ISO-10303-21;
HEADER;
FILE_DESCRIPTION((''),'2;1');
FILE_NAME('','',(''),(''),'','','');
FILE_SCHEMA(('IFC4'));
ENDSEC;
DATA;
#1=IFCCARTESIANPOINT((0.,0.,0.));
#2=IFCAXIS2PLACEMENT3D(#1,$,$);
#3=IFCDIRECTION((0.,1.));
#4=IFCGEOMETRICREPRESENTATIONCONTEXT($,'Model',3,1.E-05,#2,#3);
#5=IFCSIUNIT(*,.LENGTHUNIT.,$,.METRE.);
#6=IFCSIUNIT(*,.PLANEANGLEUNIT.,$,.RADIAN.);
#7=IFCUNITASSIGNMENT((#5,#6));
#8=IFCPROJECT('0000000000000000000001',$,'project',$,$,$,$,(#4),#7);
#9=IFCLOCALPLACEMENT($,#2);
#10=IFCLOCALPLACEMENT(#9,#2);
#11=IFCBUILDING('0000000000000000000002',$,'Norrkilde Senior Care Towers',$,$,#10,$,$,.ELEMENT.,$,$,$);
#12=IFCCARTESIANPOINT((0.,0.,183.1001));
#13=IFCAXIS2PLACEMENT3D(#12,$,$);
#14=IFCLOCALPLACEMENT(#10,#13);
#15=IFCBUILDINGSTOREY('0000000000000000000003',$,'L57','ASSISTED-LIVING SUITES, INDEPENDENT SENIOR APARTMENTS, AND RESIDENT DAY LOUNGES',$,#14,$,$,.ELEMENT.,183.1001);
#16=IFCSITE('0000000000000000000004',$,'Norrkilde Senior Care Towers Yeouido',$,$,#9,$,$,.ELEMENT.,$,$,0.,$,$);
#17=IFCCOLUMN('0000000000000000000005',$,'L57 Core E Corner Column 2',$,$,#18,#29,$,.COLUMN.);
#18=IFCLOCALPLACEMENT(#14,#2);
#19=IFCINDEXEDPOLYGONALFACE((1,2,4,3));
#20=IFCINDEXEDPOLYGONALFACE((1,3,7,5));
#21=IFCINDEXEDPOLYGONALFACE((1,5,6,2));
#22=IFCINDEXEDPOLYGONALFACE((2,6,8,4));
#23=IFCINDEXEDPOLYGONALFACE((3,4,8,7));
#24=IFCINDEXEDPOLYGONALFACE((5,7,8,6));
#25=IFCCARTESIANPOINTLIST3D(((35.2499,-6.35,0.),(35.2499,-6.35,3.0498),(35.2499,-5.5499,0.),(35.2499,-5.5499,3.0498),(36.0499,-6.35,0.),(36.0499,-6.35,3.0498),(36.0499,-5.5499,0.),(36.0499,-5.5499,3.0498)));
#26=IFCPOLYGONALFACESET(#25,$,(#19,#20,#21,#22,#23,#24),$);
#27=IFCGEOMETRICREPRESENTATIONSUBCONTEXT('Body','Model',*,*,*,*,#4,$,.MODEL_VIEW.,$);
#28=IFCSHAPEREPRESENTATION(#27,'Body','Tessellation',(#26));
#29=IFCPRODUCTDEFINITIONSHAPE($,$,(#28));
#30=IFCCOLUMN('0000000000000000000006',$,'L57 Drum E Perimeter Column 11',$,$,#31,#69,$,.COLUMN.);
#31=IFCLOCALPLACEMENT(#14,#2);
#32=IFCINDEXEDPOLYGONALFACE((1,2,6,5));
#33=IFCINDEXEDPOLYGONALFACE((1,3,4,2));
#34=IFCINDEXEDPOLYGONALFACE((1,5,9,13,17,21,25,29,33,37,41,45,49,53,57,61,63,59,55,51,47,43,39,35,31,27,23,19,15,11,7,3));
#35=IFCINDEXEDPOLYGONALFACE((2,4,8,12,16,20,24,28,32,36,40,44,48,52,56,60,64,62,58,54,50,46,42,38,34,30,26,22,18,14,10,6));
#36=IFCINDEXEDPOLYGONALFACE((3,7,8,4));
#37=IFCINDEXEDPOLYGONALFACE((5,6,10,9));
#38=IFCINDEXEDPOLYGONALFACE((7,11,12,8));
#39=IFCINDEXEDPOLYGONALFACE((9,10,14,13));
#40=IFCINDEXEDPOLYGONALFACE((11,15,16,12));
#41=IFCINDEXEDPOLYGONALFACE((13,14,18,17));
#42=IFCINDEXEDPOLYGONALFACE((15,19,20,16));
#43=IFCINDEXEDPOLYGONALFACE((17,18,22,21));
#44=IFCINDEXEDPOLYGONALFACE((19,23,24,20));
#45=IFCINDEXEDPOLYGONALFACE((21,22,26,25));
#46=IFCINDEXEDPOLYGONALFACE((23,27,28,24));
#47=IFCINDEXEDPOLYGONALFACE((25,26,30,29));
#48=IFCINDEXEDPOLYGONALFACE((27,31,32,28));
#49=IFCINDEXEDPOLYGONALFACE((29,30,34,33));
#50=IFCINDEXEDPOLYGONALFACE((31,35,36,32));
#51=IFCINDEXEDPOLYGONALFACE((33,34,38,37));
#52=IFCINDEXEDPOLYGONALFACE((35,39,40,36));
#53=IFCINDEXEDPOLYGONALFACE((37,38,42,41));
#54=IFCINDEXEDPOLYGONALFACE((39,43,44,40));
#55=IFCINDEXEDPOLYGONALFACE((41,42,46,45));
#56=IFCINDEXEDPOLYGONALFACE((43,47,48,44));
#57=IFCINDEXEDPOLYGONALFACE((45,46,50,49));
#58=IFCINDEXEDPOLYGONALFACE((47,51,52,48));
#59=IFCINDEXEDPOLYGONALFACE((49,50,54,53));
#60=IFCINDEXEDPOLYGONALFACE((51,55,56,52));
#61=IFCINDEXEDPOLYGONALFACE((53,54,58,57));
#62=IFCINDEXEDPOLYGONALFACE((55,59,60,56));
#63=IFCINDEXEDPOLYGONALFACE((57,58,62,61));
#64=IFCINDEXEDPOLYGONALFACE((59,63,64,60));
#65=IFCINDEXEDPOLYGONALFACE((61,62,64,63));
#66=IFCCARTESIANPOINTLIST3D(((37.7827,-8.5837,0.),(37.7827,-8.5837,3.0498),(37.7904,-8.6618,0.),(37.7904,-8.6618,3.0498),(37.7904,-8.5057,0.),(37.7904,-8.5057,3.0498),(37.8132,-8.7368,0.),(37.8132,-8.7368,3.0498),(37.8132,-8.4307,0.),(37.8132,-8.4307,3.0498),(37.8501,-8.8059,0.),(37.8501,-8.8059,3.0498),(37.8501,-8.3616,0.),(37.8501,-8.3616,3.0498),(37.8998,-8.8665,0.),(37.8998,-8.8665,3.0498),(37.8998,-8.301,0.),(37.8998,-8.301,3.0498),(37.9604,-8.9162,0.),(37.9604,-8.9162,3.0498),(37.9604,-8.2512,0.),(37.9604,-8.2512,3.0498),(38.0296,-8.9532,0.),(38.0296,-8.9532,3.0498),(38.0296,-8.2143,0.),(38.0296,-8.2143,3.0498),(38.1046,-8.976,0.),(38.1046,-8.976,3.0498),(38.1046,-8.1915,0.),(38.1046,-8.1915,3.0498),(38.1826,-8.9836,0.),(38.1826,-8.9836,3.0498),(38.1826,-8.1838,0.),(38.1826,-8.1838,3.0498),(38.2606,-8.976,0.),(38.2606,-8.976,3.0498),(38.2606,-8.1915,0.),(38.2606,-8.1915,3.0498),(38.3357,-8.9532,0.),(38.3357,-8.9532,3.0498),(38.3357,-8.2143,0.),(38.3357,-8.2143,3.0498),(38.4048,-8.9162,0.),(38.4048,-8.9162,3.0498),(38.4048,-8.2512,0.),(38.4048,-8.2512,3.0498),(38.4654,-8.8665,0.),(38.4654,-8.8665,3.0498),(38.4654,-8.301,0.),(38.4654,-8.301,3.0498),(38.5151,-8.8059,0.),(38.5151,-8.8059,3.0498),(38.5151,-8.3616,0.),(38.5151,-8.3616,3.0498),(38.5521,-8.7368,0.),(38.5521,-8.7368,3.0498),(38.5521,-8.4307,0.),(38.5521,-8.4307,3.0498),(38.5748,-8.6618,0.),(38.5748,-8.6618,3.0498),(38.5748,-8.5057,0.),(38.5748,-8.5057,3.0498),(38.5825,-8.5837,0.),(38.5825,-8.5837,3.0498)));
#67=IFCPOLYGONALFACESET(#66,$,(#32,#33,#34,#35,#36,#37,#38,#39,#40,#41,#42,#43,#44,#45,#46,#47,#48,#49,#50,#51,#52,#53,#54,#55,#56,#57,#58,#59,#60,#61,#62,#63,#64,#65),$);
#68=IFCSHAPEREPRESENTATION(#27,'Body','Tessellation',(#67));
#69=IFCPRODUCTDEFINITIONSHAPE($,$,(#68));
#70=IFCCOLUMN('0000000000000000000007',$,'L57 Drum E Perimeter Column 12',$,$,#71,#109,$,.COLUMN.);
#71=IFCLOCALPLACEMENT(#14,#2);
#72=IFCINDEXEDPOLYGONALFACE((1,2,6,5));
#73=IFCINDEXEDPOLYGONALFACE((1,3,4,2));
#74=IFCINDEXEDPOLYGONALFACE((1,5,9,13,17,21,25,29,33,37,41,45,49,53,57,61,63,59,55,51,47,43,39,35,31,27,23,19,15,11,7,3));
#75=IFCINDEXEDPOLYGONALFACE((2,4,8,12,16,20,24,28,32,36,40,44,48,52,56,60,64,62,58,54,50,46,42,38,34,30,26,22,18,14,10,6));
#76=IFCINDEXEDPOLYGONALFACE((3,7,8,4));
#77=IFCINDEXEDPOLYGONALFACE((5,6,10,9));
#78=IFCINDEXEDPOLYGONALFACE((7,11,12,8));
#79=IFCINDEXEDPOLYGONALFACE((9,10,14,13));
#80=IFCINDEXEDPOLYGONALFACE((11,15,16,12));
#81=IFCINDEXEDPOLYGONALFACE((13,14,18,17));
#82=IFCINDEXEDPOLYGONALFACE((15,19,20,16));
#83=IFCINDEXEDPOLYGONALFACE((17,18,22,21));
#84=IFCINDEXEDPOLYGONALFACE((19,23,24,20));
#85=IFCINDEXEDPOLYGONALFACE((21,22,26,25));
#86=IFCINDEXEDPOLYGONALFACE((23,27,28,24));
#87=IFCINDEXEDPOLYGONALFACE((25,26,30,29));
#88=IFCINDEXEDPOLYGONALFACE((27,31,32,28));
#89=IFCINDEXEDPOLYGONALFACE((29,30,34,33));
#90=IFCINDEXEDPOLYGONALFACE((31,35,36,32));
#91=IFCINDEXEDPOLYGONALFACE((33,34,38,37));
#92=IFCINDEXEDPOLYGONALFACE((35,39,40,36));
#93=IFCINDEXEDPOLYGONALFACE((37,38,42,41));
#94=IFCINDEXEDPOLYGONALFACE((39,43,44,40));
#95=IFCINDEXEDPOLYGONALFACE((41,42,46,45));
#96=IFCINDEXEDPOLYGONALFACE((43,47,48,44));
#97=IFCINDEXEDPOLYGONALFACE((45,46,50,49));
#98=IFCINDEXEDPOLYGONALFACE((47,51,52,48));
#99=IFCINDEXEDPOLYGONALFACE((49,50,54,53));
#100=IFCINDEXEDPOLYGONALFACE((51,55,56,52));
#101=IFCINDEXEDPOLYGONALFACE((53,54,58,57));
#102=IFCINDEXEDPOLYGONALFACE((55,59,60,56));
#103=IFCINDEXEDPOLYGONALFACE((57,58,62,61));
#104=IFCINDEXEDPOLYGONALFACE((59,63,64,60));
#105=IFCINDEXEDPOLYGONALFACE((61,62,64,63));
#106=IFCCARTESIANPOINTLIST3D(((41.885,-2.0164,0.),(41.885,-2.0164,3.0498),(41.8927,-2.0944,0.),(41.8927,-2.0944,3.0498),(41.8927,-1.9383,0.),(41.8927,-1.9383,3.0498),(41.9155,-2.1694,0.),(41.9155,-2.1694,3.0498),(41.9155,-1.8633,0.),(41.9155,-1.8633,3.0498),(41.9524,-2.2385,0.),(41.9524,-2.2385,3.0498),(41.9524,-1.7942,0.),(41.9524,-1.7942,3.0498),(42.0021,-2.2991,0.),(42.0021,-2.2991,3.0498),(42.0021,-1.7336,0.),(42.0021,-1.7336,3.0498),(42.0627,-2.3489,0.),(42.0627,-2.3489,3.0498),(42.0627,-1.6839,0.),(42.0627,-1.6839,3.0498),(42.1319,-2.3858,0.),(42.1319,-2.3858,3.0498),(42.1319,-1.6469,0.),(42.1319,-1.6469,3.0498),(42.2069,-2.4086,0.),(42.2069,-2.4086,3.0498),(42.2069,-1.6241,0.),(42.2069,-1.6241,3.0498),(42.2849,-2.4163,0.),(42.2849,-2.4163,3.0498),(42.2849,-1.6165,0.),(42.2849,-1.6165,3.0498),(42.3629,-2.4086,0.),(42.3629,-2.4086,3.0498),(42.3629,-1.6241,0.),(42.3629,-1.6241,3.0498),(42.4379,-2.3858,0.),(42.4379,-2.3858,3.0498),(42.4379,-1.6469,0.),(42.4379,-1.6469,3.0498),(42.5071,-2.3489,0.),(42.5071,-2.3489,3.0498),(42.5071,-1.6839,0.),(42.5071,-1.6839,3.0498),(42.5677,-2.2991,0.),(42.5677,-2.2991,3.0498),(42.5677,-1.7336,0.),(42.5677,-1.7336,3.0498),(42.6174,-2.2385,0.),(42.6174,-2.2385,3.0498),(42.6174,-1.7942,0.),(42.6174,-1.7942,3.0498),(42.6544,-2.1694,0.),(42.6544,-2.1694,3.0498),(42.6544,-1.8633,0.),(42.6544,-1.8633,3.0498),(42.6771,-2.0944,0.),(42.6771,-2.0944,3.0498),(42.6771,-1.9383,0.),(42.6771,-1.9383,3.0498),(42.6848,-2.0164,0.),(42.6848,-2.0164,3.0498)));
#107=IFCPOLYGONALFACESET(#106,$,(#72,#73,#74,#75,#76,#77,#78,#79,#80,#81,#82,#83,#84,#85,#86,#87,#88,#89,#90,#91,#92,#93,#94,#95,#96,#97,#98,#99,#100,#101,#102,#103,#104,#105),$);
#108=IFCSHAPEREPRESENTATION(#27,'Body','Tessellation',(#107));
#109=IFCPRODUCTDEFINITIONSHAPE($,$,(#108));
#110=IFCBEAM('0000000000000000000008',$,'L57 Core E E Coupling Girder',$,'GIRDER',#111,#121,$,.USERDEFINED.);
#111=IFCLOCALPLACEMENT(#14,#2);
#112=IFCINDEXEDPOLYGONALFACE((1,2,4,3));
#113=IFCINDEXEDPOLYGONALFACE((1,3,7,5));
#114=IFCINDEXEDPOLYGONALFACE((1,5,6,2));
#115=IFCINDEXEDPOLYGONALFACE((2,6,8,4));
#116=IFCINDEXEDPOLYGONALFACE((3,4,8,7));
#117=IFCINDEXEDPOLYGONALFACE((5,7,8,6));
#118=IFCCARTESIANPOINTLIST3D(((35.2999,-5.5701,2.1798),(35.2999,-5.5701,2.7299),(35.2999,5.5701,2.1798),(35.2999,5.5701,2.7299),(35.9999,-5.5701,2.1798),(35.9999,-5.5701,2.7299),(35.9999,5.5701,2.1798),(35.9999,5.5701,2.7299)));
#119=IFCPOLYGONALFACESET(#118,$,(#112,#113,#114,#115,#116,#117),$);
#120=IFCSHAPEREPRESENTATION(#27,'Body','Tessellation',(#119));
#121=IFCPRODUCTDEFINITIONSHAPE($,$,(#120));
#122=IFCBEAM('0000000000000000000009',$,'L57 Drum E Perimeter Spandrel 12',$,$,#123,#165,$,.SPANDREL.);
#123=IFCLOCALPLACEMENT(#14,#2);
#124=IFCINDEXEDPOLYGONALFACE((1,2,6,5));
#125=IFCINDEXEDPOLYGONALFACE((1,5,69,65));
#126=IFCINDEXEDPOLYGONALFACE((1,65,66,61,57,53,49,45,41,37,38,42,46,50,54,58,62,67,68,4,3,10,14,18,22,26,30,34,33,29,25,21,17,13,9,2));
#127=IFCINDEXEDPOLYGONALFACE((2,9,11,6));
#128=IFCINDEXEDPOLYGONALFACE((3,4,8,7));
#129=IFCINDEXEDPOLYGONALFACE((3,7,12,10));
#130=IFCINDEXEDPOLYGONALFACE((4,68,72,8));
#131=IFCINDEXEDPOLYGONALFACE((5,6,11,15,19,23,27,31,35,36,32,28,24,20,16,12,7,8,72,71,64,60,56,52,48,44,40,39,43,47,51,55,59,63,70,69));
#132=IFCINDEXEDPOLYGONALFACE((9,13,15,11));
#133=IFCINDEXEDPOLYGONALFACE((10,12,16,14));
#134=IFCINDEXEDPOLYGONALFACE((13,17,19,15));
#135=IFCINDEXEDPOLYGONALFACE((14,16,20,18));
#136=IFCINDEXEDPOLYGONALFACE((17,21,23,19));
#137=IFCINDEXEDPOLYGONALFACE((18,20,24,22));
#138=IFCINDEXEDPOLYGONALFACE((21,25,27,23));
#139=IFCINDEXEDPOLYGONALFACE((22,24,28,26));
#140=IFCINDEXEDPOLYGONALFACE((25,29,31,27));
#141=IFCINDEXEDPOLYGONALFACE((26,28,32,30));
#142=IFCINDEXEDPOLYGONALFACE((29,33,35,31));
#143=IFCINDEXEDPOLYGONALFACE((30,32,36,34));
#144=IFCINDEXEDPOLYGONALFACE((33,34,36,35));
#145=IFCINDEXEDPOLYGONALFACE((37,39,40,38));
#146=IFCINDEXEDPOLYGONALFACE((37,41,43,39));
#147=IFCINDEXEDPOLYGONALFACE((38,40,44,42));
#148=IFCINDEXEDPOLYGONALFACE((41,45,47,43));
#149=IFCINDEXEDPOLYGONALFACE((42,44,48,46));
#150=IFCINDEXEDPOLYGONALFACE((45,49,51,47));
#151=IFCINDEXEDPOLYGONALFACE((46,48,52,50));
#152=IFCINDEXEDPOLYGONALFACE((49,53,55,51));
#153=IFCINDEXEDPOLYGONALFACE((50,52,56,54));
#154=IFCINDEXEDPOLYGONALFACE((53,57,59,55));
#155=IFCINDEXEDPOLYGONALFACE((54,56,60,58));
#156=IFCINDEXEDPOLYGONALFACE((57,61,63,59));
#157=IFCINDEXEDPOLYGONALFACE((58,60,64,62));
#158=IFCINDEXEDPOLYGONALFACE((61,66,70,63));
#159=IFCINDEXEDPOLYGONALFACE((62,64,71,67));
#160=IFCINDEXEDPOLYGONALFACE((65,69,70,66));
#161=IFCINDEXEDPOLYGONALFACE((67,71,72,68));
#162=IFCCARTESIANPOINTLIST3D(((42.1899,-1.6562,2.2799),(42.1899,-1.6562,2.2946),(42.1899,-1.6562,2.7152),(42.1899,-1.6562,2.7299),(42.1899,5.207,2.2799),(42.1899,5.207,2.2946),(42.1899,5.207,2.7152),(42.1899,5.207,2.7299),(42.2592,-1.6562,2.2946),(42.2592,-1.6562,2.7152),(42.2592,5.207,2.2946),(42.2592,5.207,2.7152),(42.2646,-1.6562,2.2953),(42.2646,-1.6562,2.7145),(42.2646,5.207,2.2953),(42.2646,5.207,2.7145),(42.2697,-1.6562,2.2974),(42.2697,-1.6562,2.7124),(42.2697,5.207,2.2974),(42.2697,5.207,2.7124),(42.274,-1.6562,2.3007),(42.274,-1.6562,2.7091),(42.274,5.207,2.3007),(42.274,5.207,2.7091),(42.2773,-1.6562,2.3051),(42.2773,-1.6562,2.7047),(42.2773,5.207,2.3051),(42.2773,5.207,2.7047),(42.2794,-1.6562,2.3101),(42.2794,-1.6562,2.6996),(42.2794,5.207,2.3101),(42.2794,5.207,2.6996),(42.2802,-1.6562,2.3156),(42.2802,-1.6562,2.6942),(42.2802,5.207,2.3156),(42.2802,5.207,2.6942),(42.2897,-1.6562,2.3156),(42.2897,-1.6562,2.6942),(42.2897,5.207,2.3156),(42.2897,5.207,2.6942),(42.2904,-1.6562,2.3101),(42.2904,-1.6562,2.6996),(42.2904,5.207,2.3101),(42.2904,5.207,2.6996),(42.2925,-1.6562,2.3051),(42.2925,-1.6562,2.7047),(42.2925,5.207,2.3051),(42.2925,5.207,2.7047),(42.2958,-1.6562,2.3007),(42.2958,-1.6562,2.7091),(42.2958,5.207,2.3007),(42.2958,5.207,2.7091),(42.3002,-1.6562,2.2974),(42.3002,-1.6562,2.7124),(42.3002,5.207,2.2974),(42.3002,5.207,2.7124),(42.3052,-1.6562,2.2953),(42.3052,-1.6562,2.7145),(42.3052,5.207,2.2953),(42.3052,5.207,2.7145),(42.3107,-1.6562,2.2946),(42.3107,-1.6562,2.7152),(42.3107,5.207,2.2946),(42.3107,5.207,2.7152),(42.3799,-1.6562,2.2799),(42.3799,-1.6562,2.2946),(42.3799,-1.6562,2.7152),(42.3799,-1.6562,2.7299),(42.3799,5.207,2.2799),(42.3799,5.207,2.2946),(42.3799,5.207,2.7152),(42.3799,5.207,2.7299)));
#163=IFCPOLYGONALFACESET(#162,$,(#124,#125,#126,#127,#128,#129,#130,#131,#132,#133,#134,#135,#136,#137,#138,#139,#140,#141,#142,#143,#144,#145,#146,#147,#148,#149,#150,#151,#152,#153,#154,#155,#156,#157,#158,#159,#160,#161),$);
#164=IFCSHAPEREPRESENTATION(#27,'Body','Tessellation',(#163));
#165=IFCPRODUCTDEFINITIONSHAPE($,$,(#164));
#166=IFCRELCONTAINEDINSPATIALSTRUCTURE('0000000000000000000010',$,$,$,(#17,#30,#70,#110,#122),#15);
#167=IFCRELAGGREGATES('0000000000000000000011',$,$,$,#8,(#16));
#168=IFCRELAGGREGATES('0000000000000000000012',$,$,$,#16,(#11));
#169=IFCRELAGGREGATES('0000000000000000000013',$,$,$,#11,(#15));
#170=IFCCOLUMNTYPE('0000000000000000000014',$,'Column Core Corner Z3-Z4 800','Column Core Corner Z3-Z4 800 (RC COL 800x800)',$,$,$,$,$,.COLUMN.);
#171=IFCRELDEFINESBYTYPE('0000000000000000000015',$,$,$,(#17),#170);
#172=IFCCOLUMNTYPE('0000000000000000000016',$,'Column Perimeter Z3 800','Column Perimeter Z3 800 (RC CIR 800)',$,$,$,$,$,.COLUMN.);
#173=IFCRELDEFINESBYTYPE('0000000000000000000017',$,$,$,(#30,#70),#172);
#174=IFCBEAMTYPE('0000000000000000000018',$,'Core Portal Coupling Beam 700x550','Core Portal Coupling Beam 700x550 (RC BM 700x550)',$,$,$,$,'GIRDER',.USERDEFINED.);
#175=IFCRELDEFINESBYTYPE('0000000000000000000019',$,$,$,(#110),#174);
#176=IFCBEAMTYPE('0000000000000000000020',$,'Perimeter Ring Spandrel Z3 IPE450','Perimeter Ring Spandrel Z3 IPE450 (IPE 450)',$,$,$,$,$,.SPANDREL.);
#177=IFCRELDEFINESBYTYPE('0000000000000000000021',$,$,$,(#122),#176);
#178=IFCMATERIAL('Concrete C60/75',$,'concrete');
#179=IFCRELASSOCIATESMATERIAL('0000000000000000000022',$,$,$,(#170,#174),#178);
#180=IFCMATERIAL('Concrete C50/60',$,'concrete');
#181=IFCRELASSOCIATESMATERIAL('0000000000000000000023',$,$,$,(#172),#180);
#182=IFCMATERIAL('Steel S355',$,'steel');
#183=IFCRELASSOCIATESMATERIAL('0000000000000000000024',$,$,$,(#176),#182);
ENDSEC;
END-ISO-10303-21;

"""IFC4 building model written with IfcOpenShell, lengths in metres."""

from ifc_helpers import new_model, si_unit, direction, frame, origin, origin_2d, place, context, subcontext, project, spatial, rectangle, circle, i_section, extrude, source, transform, mapped, material, material_profile, profile_set, type_object, type_shapes, element, save


model = new_model("IFC4")

# Units and contexts
model_context = context("Model", 3, precision=1e-05, world=origin(), true_north=direction((0.0, 1.0)))
body_context = subcontext(model_context, "Body", "Model", "MODEL_VIEW")
ifc_project = project(units=[si_unit("LENGTHUNIT", "METRE"), si_unit("PLANEANGLEUNIT", "RADIAN")], contexts=[model_context])

# Site, building, storey
site_placement = place(None, origin())
site = spatial("IfcSite", under=ifc_project, at=site_placement, Name="Norrkilde Senior Care Towers Yeouido", CompositionType="ELEMENT", RefElevation=0.0)
building_placement = place(site_placement, origin())
building = spatial("IfcBuilding", under=site, at=building_placement, Name="Norrkilde Senior Care Towers", CompositionType="ELEMENT")
storey_placement = place(building_placement, frame((0.0, 0.0, 183.1001)))
storey = spatial("IfcBuildingStorey", under=building, at=storey_placement, Name="L57", Description="ASSISTED-LIVING SUITES, INDEPENDENT SENIOR APARTMENTS, AND RESIDENT DAY LOUNGES", CompositionType="ELEMENT", Elevation=183.1001)

# Columns
ifc_material_1 = material(Name="Concrete C60/75", Category="concrete")
ifc_material_profile_1 = material_profile(ifc_material_1, rectangle(XDim=0.8, YDim=0.8, at=origin_2d()), Name="RC COL 800x800")
ifc_profile_set_1 = profile_set([ifc_material_profile_1], Name="Concrete C60/75")
column_type_1 = type_object("IfcColumnType", Name="Column Core Corner Z3-Z4 800", Description="Column Core Corner Z3-Z4 800 (RC COL 800x800)", PredefinedType="COLUMN", material=ifc_profile_set_1)
shared_shape_1 = source(origin(), body_context, "Body", "SweptSolid", [
    extrude(rectangle(XDim=0.8, YDim=0.8, at=origin_2d()), origin(), (0.0, 0.0, 1.0), 3.0498),
])
type_shapes(column_type_1, [shared_shape_1])
column_placement = place(storey_placement, frame((35.6499, -5.95, 0.0), z_axis=(0.0, 0.0, 1.0), x_axis=(1.0, 0.0, 0.0)))
element("IfcColumn", 1, at=column_placement, inside=storey, type_object=column_type_1, Name="L57 Core E Corner Column 2", PredefinedType="COLUMN", context=body_context, shape_type="MappedRepresentation", body=[
    mapped(shared_shape_1, transform((0.0, 0.0, 0.0), x_axis=(1.0, 0.0, 0.0), y_axis=(0.0, 1.0, 0.0), z_axis=(0.0, 0.0, 1.0), scale=1.0)),
])
ifc_material_2 = material(Name="Concrete C50/60", Category="concrete")
ifc_material_profile_2 = material_profile(ifc_material_2, circle(Radius=0.3999, at=origin_2d()), Name="RC CIR 800")
ifc_profile_set_2 = profile_set([ifc_material_profile_2], Name="Concrete C50/60")
column_type_2 = type_object("IfcColumnType", Name="Column Perimeter Z3 800", Description="Column Perimeter Z3 800 (RC CIR 800)", PredefinedType="COLUMN", material=ifc_profile_set_2)
shared_shape_2 = source(origin(), body_context, "Body", "SweptSolid", [
    extrude(circle(Radius=0.3999, at=origin_2d()), origin(), (0.0, 0.0, 1.0), 3.0498),
])
type_shapes(column_type_2, [shared_shape_2])
for number, where, z_axis, x_axis, name in (
    (2, (38.1826, -8.5837, 0.0), (0.0, 0.0, 1.0), (1.0, 0.0, 0.0), "L57 Drum E Perimeter Column 11"),
    (3, (42.2849, -2.0164, 0.0), (0.0, 0.0, 1.0), (1.0, 0.0, 0.0), "L57 Drum E Perimeter Column 12"),
):
    element("IfcColumn", number, at=place(storey_placement, frame(where, z_axis=z_axis, x_axis=x_axis)), inside=storey, type_object=column_type_2, Name=name, PredefinedType="COLUMN", context=body_context, shape_type="MappedRepresentation", body=[
        mapped(shared_shape_2, transform((0.0, 0.0, 0.0), x_axis=(1.0, 0.0, 0.0), y_axis=(0.0, 1.0, 0.0), z_axis=(0.0, 0.0, 1.0), scale=1.0)),
    ])

# Beams
ifc_material_profile_3 = material_profile(ifc_material_1, rectangle(XDim=0.7, YDim=0.55, at=origin_2d()), Name="RC BM 700x550")
ifc_profile_set_3 = profile_set([ifc_material_profile_3], Name="Concrete C60/75")
beam_type_1 = type_object("IfcBeamType", Name="Core Portal Coupling Beam 700x550", Description="Core Portal Coupling Beam 700x550 (RC BM 700x550)", ElementType="GIRDER", PredefinedType="USERDEFINED", material=ifc_profile_set_3)
shared_shape_3 = source(origin(), body_context, "Body", "SweptSolid", [
    extrude(rectangle(XDim=0.7, YDim=0.55, at=origin_2d()), origin(), (0.0, 0.0, 1.0), 11.1401),
])
type_shapes(beam_type_1, [shared_shape_3])
beam_1_placement = place(storey_placement, frame((35.6499, -5.5701, 2.4548), z_axis=(0.0, 1.0, 0.0), x_axis=(-1.0, 0.0, 0.0)))
element("IfcBeam", 4, at=beam_1_placement, inside=storey, type_object=beam_type_1, Name="L57 Core E E Coupling Girder", ObjectType="GIRDER", PredefinedType="USERDEFINED", context=body_context, shape_type="MappedRepresentation", body=[
    mapped(shared_shape_3, transform((0.0, 0.0, 0.0), x_axis=(1.0, 0.0, 0.0), y_axis=(0.0, 1.0, 0.0), z_axis=(0.0, 0.0, 1.0), scale=1.0)),
])
ifc_material_3 = material(Name="Steel S355", Category="steel")
ifc_material_profile_4 = material_profile(ifc_material_3, i_section(OverallWidth=0.1899, OverallDepth=0.45, WebThickness=0.0095, FlangeThickness=0.0146, FilletRadius=0.021, at=origin_2d()), Name="IPE 450")
ifc_profile_set_4 = profile_set([ifc_material_profile_4], Name="Steel S355")
beam_type_2 = type_object("IfcBeamType", Name="Perimeter Ring Spandrel Z3 IPE450", Description="Perimeter Ring Spandrel Z3 IPE450 (IPE 450)", PredefinedType="SPANDREL", material=ifc_profile_set_4)
shared_shape_4 = source(origin(), body_context, "Body", "SweptSolid", [
    extrude(i_section(OverallWidth=0.1899, OverallDepth=0.45, WebThickness=0.0095, FlangeThickness=0.0146, FilletRadius=0.021, at=origin_2d()), origin(), (0.0, 0.0, 1.0), 6.8633),
])
beam_2_placement = place(storey_placement, frame((42.2849, -1.6562, 2.5049), z_axis=(0.0, 1.0, 0.0), x_axis=(-1.0, 0.0, 0.0)))
element("IfcBeam", 5, at=beam_2_placement, inside=storey, type_object=beam_type_2, Name="L57 Drum E Perimeter Spandrel 12", PredefinedType="SPANDREL", context=body_context, shape_type="MappedRepresentation", body=[
    mapped(shared_shape_4, transform((0.0, 0.0, 0.0), x_axis=(1.0, 0.0, 0.0), y_axis=(0.0, 1.0, 0.0), z_axis=(0.0, 0.0, 1.0), scale=1.0)),
])

save(model, "model.ifc")
